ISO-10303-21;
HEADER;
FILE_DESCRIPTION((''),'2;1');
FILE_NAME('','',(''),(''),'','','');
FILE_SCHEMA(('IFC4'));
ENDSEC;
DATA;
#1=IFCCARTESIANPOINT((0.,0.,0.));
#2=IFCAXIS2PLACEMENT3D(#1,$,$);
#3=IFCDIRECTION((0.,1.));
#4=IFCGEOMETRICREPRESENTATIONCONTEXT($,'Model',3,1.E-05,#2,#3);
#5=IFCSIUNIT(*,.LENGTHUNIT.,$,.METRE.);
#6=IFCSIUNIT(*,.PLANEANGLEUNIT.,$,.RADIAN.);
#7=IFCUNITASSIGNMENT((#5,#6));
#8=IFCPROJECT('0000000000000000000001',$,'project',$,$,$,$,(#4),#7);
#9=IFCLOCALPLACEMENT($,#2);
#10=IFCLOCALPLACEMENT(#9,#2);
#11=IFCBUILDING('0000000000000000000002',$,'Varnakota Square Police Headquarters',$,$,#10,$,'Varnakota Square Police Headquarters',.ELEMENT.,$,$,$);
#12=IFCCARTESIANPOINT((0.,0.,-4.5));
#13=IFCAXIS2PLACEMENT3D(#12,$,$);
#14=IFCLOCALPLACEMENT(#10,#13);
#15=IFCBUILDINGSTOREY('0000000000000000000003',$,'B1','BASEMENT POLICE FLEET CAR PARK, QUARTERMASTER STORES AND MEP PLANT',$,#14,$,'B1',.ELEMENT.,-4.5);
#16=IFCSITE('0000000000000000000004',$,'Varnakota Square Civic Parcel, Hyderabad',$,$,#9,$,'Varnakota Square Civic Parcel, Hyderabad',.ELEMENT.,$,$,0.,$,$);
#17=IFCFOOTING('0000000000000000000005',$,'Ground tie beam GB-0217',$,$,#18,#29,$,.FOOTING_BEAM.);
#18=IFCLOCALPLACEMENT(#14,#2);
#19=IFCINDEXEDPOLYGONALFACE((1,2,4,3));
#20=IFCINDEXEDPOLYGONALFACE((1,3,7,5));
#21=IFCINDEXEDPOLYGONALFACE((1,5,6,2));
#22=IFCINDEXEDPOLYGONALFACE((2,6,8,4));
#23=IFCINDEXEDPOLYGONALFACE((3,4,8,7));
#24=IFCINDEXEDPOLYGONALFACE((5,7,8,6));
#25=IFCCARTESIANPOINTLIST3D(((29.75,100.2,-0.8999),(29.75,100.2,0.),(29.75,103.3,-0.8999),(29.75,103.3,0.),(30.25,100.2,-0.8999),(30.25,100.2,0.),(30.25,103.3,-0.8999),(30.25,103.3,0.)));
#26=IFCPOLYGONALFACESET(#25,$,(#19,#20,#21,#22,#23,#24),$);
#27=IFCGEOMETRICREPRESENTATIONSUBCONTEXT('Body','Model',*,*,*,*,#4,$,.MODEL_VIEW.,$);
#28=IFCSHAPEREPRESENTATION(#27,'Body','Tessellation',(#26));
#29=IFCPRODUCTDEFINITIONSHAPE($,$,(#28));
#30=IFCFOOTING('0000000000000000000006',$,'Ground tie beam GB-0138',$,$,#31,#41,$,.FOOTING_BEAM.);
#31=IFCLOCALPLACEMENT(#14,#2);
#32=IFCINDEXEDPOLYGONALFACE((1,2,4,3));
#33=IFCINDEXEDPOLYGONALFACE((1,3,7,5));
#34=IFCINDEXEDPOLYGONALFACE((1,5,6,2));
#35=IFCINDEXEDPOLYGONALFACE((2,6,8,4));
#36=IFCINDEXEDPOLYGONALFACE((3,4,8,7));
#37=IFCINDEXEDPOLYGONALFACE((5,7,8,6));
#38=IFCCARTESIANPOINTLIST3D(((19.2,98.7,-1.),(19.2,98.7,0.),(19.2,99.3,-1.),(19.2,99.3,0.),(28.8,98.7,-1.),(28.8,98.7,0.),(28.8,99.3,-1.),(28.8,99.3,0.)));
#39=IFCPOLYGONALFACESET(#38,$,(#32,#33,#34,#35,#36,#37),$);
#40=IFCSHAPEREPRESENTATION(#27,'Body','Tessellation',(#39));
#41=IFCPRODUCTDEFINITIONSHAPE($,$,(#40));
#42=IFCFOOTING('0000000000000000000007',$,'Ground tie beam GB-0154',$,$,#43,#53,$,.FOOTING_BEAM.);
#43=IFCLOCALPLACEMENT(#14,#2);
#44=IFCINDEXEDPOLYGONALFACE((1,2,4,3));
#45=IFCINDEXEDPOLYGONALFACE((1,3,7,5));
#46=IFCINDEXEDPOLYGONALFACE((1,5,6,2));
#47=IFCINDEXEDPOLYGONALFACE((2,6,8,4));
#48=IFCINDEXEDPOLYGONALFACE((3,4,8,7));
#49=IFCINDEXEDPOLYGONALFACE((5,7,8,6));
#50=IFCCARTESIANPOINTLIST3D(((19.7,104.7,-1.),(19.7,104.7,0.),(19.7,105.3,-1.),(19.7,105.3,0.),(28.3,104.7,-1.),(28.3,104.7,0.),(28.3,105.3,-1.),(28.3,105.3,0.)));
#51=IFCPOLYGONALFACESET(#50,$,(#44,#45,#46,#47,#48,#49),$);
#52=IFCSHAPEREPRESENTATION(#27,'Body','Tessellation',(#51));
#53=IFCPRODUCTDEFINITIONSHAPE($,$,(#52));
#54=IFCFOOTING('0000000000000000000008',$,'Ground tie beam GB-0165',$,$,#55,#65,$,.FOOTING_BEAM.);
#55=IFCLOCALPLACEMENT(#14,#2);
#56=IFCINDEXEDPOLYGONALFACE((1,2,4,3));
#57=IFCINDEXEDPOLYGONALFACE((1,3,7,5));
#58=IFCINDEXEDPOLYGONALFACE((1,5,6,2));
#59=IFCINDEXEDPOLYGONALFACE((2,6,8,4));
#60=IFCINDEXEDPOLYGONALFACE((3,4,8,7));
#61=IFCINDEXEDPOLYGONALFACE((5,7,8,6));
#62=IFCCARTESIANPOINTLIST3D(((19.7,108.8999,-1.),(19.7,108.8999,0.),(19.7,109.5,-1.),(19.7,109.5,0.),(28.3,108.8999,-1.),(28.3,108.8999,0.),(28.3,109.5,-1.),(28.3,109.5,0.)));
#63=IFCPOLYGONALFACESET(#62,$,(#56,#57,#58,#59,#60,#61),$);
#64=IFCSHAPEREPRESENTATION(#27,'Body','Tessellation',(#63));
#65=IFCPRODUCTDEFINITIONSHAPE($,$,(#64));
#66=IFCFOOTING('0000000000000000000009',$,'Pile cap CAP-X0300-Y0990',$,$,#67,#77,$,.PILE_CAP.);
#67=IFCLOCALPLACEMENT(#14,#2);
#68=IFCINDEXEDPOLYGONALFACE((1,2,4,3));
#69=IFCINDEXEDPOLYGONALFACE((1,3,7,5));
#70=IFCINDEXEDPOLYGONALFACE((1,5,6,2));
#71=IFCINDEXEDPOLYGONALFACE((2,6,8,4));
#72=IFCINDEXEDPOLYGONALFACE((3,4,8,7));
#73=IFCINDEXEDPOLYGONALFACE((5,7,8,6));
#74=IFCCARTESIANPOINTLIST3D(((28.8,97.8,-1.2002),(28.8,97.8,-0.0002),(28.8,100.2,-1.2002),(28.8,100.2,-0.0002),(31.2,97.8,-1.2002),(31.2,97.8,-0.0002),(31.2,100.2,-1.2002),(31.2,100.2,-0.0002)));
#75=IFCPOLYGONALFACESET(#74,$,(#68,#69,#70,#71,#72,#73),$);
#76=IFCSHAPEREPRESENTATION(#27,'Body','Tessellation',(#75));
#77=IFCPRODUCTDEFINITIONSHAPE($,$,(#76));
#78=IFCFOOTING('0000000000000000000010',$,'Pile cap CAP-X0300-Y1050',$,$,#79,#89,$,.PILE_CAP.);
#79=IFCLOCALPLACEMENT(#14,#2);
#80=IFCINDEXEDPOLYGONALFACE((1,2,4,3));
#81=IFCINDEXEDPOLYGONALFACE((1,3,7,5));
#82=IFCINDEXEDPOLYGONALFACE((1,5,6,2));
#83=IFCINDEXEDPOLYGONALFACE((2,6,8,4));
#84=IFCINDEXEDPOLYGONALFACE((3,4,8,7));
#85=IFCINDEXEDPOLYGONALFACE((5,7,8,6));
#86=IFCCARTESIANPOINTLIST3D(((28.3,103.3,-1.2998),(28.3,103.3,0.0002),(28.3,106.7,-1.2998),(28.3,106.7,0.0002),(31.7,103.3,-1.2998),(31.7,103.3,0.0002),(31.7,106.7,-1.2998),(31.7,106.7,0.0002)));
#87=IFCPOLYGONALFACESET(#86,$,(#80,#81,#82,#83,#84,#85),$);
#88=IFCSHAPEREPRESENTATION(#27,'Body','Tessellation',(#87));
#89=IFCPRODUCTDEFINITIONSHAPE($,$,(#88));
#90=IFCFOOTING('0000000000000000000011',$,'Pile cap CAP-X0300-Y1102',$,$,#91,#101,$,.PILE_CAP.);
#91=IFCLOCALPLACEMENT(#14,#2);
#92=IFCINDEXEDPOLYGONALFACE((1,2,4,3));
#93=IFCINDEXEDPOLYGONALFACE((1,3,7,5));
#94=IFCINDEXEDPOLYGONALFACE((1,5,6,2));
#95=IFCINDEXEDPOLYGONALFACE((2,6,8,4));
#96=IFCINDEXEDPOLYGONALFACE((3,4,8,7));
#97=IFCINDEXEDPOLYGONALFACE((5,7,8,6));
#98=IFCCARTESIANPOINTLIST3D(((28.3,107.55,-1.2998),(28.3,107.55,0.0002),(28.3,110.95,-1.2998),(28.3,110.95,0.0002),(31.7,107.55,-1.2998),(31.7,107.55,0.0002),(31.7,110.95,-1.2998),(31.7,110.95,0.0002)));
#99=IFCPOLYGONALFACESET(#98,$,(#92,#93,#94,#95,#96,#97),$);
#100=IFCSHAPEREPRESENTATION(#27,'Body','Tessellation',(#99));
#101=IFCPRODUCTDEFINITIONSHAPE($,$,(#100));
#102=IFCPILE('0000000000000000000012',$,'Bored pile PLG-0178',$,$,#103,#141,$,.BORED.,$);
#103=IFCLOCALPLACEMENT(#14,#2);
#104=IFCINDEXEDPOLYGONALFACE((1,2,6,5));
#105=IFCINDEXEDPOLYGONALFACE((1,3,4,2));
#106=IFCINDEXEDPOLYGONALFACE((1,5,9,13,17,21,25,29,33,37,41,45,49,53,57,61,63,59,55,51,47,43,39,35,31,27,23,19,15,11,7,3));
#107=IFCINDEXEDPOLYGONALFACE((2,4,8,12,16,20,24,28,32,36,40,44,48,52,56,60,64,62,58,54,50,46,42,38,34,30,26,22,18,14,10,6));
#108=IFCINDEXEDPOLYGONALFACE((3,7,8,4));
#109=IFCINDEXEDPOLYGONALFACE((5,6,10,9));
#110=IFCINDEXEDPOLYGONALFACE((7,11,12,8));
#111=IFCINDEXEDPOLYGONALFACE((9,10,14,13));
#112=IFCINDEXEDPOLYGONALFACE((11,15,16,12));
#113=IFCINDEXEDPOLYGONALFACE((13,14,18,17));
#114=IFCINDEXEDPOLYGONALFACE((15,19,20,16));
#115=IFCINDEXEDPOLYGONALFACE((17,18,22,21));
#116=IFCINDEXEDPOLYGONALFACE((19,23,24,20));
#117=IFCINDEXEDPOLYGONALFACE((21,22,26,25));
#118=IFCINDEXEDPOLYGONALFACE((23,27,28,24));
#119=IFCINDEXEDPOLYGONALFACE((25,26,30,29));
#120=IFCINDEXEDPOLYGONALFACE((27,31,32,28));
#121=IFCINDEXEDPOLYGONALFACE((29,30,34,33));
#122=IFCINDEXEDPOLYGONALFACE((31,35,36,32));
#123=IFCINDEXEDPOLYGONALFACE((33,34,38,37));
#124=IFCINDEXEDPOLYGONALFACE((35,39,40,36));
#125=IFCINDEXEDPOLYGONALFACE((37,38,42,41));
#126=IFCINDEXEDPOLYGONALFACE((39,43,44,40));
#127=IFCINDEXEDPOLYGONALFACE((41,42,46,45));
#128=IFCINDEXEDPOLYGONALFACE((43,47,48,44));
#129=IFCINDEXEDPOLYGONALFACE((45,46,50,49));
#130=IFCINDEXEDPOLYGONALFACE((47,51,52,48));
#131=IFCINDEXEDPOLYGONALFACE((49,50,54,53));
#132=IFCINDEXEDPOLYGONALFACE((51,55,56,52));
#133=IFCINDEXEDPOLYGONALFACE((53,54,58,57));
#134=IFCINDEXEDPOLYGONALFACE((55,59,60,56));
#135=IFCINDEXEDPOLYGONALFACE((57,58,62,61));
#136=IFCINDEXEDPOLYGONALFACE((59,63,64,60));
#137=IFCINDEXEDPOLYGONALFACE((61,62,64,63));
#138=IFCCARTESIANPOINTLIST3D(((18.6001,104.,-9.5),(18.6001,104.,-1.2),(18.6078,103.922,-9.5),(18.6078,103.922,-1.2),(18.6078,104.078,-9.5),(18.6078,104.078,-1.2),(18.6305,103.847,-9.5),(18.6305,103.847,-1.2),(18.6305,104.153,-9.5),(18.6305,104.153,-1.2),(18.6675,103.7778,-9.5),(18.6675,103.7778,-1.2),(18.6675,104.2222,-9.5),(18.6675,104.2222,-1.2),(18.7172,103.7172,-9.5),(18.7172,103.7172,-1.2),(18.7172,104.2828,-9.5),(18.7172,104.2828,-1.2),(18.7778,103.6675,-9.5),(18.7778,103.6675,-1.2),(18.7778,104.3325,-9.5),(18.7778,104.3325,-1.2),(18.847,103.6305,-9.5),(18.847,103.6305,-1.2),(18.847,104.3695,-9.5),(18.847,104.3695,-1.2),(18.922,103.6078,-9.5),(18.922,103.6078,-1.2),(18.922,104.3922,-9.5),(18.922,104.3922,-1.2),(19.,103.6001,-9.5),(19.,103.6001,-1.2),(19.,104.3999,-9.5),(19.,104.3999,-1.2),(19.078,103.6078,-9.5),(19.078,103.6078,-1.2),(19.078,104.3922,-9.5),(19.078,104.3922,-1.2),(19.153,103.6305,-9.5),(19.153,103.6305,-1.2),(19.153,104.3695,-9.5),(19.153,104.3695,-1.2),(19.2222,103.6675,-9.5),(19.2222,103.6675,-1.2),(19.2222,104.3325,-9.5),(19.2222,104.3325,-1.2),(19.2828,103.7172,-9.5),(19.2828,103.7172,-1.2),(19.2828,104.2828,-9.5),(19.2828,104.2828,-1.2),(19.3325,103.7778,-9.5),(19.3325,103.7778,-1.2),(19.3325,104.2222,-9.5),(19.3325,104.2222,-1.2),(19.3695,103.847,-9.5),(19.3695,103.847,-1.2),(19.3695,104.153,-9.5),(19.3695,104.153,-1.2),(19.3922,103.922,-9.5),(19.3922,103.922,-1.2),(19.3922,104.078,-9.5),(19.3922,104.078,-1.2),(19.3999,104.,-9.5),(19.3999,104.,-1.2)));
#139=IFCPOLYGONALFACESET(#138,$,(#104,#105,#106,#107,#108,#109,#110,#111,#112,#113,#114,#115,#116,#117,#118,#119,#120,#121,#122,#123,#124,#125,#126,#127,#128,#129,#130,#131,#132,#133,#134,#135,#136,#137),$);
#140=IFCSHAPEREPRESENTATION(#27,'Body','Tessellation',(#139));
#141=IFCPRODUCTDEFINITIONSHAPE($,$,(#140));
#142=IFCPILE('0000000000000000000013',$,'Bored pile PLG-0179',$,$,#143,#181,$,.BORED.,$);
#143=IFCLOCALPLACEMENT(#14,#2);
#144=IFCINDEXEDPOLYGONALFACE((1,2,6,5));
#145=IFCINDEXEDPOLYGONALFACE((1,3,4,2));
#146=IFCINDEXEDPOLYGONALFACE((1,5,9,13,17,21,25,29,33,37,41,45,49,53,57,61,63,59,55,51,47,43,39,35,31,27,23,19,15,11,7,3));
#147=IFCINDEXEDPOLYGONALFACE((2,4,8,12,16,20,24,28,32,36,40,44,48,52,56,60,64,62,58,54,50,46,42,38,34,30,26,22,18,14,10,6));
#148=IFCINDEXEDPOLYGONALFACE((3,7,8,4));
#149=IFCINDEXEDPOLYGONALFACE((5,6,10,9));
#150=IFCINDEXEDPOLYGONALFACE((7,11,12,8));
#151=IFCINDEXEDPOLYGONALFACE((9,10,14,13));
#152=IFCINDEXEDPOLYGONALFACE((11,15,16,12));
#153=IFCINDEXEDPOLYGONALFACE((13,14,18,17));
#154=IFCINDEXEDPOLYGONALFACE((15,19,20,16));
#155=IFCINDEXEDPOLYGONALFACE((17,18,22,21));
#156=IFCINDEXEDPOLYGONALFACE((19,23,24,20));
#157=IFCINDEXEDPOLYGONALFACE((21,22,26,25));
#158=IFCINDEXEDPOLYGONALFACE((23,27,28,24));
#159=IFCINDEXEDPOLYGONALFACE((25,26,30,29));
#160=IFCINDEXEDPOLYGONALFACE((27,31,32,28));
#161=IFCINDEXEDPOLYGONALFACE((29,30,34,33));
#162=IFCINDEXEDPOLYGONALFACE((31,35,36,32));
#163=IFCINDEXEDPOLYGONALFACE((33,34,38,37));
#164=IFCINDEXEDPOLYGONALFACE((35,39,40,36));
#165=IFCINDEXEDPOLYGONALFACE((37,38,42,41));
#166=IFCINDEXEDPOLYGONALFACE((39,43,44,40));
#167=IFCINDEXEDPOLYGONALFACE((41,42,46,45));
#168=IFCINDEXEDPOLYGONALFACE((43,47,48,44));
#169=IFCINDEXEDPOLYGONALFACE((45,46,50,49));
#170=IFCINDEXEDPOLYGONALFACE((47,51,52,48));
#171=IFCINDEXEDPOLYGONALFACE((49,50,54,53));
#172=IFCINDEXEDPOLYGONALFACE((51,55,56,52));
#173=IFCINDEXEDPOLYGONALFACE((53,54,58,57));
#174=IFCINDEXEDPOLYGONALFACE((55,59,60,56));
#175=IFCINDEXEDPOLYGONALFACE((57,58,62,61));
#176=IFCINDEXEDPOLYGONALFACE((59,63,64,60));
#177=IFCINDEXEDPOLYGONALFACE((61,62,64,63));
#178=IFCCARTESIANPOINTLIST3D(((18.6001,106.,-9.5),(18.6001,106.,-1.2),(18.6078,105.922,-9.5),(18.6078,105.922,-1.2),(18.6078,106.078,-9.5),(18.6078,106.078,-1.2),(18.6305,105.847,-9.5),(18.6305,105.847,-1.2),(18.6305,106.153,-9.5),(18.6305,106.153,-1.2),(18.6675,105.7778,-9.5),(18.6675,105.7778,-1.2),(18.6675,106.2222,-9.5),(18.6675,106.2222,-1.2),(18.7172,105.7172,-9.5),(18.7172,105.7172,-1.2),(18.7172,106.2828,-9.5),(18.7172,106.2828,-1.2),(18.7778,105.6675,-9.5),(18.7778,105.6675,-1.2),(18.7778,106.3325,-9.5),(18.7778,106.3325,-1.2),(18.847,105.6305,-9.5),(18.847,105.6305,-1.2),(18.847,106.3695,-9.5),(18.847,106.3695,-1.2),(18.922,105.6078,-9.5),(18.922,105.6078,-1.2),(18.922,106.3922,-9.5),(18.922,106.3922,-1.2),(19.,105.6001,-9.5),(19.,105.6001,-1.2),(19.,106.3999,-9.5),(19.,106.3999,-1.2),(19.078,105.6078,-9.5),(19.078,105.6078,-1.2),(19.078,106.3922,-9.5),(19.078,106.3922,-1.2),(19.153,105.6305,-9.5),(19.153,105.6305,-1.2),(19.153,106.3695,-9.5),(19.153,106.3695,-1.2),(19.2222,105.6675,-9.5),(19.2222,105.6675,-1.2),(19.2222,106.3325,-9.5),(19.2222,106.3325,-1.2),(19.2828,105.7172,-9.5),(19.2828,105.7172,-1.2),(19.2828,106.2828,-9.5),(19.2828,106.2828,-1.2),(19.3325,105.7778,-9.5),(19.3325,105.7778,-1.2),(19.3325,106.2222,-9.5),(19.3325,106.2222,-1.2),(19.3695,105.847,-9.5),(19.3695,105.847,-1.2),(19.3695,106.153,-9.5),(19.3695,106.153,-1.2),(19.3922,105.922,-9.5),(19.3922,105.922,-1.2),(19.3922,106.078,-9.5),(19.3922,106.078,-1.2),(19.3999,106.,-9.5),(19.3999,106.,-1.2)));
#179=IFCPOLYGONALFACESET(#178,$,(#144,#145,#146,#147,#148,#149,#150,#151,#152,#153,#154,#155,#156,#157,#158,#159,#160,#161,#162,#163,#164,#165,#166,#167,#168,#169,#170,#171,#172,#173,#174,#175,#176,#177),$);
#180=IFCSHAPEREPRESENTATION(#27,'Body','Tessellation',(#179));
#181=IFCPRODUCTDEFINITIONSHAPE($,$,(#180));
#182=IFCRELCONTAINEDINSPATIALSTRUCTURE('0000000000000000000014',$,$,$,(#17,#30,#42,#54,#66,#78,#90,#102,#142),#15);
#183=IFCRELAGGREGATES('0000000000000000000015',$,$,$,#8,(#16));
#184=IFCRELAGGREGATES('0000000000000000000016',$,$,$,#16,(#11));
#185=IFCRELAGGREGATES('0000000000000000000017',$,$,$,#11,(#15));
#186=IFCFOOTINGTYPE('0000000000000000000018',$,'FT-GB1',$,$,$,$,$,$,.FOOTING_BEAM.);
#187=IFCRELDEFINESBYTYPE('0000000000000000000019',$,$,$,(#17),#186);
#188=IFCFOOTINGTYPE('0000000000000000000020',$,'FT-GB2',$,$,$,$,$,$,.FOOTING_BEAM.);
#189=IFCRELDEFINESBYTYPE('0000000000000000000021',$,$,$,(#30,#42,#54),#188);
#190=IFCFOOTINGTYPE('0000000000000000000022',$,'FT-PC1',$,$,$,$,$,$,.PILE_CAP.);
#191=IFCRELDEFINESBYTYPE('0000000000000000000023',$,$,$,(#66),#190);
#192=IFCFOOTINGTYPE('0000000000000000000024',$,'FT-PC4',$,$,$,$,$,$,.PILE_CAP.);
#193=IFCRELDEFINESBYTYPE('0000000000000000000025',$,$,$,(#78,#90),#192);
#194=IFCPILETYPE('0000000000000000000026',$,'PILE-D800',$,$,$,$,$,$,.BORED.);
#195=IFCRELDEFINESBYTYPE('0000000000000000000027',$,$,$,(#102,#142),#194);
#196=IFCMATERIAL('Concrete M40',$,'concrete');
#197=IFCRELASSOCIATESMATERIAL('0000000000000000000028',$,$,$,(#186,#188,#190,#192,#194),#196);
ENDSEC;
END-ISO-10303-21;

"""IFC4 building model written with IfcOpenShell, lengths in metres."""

from ifc_helpers import new_model, si_unit, direction, frame, origin, origin_2d, place, context, subcontext, project, spatial, rectangle, circle, extrude, material, material_profile, profile_set, type_object, element, save


model = new_model("IFC4")

# Units and contexts
model_context = context("Model", 3, precision=1e-05, world=origin(), true_north=direction((0.0, 1.0)))
body_context = subcontext(model_context, "Body", "Model", "MODEL_VIEW")
ifc_project = project(units=[si_unit("LENGTHUNIT", "METRE"), si_unit("PLANEANGLEUNIT", "RADIAN")], contexts=[model_context])

# Site, building, storey
site_placement = place(None, origin())
site = spatial("IfcSite", under=ifc_project, at=site_placement, Name="Varnakota Square Civic Parcel, Hyderabad", LongName="Varnakota Square Civic Parcel, Hyderabad", CompositionType="ELEMENT", RefElevation=0.0)
building_placement = place(site_placement, origin())
building = spatial("IfcBuilding", under=site, at=building_placement, Name="Varnakota Square Police Headquarters", LongName="Varnakota Square Police Headquarters", CompositionType="ELEMENT")
storey_placement = place(building_placement, frame((0.0, 0.0, -4.5)))
storey = spatial("IfcBuildingStorey", under=building, at=storey_placement, Name="B1", Description="BASEMENT POLICE FLEET CAR PARK, QUARTERMASTER STORES AND MEP PLANT", LongName="B1", CompositionType="ELEMENT", Elevation=-4.5)

# Footings
ifc_material_1 = material(Name="Concrete M40", Category="concrete")
ifc_material_profile_1 = material_profile(ifc_material_1, rectangle(XDim=0.5, YDim=0.8999, at=origin_2d()), Name="GB 500x900")
ifc_profile_set_1 = profile_set([ifc_material_profile_1], Name="Concrete M40")
footing_type_1 = type_object("IfcFootingType", Name="FT-GB1", PredefinedType="FOOTING_BEAM", material=ifc_profile_set_1)
footing_1_placement = place(storey_placement, frame((30.0, 100.2, -0.45), z_axis=(0.0, 1.0, 0.0), x_axis=(-1.0, 0.0, 0.0)))
element("IfcFooting", 1, at=footing_1_placement, inside=storey, type_object=footing_type_1, Name="Ground tie beam GB-0217", PredefinedType="FOOTING_BEAM", context=body_context, shape_type="SweptSolid", body=[
    extrude(rectangle(XDim=0.5, YDim=0.8999, at=origin_2d()), origin(), (0.0, 0.0, 1.0), 3.1001),
])
ifc_material_profile_2 = material_profile(ifc_material_1, rectangle(XDim=0.6001, YDim=1.0, at=origin_2d()), Name="GB 600x1000")
ifc_profile_set_2 = profile_set([ifc_material_profile_2], Name="Concrete M40")
footing_type_2 = type_object("IfcFootingType", Name="FT-GB2", PredefinedType="FOOTING_BEAM", material=ifc_profile_set_2)
footing_2_placement = place(storey_placement, frame((19.2, 99.0, -0.5), z_axis=(1.0, 0.0, 0.0), x_axis=(0.0, 1.0, 0.0)))
element("IfcFooting", 2, at=footing_2_placement, inside=storey, type_object=footing_type_2, Name="Ground tie beam GB-0138", PredefinedType="FOOTING_BEAM", context=body_context, shape_type="SweptSolid", body=[
    extrude(rectangle(XDim=0.6001, YDim=1.0, at=origin_2d()), origin(), (0.0, 0.0, 1.0), 9.6001),
])
for number, where, z_axis, x_axis, name in (
    (3, (19.7, 105.0, -0.5), (1.0, 0.0, 0.0), (0.0, 1.0, 0.0), "Ground tie beam GB-0154"),
    (4, (19.7, 109.2, -0.5), (1.0, 0.0, 0.0), (0.0, 1.0, 0.0), "Ground tie beam GB-0165"),
):
    element("IfcFooting", number, at=place(storey_placement, frame(where, z_axis=z_axis, x_axis=x_axis)), inside=storey, type_object=footing_type_2, Name=name, PredefinedType="FOOTING_BEAM", context=body_context, shape_type="SweptSolid", body=[
        extrude(rectangle(XDim=0.6001, YDim=1.0, at=origin_2d()), origin(), (0.0, 0.0, 1.0), 8.6001),
    ])
footing_type_3 = type_object("IfcFootingType", Name="FT-PC1", PredefinedType="PILE_CAP", material=ifc_material_1)
footing_3_placement = place(storey_placement, frame((30.0, 99.0, -1.2002), z_axis=(0.0, 0.0, 1.0), x_axis=(1.0, 0.0, 0.0)))
element("IfcFooting", 5, at=footing_3_placement, inside=storey, type_object=footing_type_3, Name="Pile cap CAP-X0300-Y0990", PredefinedType="PILE_CAP", context=body_context, shape_type="SweptSolid", body=[
    extrude(rectangle(XDim=2.3999, YDim=2.3999, at=origin_2d()), origin(), (0.0, 0.0, 1.0), 1.2),
])
footing_type_4 = type_object("IfcFootingType", Name="FT-PC4", PredefinedType="PILE_CAP", material=ifc_material_1)
for number, where, z_axis, x_axis, name in (
    (6, (30.0, 105.0, -1.2998), (0.0, 0.0, 1.0), (1.0, 0.0, 0.0), "Pile cap CAP-X0300-Y1050"),
    (7, (30.0, 109.25, -1.2998), (0.0, 0.0, 1.0), (1.0, 0.0, 0.0), "Pile cap CAP-X0300-Y1102"),
):
    element("IfcFooting", number, at=place(storey_placement, frame(where, z_axis=z_axis, x_axis=x_axis)), inside=storey, type_object=footing_type_4, Name=name, PredefinedType="PILE_CAP", context=body_context, shape_type="SweptSolid", body=[
        extrude(rectangle(XDim=3.3999, YDim=3.3999, at=origin_2d()), origin(), (0.0, 0.0, 1.0), 1.3),
    ])

# Piles
ifc_material_profile_3 = material_profile(ifc_material_1, circle(Radius=0.3999, at=origin_2d()), Name="BORED PILE 800")
ifc_profile_set_3 = profile_set([ifc_material_profile_3], Name="Concrete M40")
pile_type = type_object("IfcPileType", Name="PILE-D800", PredefinedType="BORED", material=ifc_profile_set_3)
for number, where, z_axis, x_axis, name in (
    (8, (19.0, 104.0, -1.2), (0.0, 0.0, -1.0), (1.0, 0.0, 0.0), "Bored pile PLG-0178"),
    (9, (19.0, 106.0, -1.2), (0.0, 0.0, -1.0), (1.0, 0.0, 0.0), "Bored pile PLG-0179"),
):
    element("IfcPile", number, at=place(storey_placement, frame(where, z_axis=z_axis, x_axis=x_axis)), inside=storey, type_object=pile_type, Name=name, PredefinedType="BORED", context=body_context, shape_type="SweptSolid", body=[
        extrude(circle(Radius=0.3999, at=origin_2d()), origin(), (0.0, 0.0, 1.0), 8.3),
    ])

save(model, "model.ifc")
